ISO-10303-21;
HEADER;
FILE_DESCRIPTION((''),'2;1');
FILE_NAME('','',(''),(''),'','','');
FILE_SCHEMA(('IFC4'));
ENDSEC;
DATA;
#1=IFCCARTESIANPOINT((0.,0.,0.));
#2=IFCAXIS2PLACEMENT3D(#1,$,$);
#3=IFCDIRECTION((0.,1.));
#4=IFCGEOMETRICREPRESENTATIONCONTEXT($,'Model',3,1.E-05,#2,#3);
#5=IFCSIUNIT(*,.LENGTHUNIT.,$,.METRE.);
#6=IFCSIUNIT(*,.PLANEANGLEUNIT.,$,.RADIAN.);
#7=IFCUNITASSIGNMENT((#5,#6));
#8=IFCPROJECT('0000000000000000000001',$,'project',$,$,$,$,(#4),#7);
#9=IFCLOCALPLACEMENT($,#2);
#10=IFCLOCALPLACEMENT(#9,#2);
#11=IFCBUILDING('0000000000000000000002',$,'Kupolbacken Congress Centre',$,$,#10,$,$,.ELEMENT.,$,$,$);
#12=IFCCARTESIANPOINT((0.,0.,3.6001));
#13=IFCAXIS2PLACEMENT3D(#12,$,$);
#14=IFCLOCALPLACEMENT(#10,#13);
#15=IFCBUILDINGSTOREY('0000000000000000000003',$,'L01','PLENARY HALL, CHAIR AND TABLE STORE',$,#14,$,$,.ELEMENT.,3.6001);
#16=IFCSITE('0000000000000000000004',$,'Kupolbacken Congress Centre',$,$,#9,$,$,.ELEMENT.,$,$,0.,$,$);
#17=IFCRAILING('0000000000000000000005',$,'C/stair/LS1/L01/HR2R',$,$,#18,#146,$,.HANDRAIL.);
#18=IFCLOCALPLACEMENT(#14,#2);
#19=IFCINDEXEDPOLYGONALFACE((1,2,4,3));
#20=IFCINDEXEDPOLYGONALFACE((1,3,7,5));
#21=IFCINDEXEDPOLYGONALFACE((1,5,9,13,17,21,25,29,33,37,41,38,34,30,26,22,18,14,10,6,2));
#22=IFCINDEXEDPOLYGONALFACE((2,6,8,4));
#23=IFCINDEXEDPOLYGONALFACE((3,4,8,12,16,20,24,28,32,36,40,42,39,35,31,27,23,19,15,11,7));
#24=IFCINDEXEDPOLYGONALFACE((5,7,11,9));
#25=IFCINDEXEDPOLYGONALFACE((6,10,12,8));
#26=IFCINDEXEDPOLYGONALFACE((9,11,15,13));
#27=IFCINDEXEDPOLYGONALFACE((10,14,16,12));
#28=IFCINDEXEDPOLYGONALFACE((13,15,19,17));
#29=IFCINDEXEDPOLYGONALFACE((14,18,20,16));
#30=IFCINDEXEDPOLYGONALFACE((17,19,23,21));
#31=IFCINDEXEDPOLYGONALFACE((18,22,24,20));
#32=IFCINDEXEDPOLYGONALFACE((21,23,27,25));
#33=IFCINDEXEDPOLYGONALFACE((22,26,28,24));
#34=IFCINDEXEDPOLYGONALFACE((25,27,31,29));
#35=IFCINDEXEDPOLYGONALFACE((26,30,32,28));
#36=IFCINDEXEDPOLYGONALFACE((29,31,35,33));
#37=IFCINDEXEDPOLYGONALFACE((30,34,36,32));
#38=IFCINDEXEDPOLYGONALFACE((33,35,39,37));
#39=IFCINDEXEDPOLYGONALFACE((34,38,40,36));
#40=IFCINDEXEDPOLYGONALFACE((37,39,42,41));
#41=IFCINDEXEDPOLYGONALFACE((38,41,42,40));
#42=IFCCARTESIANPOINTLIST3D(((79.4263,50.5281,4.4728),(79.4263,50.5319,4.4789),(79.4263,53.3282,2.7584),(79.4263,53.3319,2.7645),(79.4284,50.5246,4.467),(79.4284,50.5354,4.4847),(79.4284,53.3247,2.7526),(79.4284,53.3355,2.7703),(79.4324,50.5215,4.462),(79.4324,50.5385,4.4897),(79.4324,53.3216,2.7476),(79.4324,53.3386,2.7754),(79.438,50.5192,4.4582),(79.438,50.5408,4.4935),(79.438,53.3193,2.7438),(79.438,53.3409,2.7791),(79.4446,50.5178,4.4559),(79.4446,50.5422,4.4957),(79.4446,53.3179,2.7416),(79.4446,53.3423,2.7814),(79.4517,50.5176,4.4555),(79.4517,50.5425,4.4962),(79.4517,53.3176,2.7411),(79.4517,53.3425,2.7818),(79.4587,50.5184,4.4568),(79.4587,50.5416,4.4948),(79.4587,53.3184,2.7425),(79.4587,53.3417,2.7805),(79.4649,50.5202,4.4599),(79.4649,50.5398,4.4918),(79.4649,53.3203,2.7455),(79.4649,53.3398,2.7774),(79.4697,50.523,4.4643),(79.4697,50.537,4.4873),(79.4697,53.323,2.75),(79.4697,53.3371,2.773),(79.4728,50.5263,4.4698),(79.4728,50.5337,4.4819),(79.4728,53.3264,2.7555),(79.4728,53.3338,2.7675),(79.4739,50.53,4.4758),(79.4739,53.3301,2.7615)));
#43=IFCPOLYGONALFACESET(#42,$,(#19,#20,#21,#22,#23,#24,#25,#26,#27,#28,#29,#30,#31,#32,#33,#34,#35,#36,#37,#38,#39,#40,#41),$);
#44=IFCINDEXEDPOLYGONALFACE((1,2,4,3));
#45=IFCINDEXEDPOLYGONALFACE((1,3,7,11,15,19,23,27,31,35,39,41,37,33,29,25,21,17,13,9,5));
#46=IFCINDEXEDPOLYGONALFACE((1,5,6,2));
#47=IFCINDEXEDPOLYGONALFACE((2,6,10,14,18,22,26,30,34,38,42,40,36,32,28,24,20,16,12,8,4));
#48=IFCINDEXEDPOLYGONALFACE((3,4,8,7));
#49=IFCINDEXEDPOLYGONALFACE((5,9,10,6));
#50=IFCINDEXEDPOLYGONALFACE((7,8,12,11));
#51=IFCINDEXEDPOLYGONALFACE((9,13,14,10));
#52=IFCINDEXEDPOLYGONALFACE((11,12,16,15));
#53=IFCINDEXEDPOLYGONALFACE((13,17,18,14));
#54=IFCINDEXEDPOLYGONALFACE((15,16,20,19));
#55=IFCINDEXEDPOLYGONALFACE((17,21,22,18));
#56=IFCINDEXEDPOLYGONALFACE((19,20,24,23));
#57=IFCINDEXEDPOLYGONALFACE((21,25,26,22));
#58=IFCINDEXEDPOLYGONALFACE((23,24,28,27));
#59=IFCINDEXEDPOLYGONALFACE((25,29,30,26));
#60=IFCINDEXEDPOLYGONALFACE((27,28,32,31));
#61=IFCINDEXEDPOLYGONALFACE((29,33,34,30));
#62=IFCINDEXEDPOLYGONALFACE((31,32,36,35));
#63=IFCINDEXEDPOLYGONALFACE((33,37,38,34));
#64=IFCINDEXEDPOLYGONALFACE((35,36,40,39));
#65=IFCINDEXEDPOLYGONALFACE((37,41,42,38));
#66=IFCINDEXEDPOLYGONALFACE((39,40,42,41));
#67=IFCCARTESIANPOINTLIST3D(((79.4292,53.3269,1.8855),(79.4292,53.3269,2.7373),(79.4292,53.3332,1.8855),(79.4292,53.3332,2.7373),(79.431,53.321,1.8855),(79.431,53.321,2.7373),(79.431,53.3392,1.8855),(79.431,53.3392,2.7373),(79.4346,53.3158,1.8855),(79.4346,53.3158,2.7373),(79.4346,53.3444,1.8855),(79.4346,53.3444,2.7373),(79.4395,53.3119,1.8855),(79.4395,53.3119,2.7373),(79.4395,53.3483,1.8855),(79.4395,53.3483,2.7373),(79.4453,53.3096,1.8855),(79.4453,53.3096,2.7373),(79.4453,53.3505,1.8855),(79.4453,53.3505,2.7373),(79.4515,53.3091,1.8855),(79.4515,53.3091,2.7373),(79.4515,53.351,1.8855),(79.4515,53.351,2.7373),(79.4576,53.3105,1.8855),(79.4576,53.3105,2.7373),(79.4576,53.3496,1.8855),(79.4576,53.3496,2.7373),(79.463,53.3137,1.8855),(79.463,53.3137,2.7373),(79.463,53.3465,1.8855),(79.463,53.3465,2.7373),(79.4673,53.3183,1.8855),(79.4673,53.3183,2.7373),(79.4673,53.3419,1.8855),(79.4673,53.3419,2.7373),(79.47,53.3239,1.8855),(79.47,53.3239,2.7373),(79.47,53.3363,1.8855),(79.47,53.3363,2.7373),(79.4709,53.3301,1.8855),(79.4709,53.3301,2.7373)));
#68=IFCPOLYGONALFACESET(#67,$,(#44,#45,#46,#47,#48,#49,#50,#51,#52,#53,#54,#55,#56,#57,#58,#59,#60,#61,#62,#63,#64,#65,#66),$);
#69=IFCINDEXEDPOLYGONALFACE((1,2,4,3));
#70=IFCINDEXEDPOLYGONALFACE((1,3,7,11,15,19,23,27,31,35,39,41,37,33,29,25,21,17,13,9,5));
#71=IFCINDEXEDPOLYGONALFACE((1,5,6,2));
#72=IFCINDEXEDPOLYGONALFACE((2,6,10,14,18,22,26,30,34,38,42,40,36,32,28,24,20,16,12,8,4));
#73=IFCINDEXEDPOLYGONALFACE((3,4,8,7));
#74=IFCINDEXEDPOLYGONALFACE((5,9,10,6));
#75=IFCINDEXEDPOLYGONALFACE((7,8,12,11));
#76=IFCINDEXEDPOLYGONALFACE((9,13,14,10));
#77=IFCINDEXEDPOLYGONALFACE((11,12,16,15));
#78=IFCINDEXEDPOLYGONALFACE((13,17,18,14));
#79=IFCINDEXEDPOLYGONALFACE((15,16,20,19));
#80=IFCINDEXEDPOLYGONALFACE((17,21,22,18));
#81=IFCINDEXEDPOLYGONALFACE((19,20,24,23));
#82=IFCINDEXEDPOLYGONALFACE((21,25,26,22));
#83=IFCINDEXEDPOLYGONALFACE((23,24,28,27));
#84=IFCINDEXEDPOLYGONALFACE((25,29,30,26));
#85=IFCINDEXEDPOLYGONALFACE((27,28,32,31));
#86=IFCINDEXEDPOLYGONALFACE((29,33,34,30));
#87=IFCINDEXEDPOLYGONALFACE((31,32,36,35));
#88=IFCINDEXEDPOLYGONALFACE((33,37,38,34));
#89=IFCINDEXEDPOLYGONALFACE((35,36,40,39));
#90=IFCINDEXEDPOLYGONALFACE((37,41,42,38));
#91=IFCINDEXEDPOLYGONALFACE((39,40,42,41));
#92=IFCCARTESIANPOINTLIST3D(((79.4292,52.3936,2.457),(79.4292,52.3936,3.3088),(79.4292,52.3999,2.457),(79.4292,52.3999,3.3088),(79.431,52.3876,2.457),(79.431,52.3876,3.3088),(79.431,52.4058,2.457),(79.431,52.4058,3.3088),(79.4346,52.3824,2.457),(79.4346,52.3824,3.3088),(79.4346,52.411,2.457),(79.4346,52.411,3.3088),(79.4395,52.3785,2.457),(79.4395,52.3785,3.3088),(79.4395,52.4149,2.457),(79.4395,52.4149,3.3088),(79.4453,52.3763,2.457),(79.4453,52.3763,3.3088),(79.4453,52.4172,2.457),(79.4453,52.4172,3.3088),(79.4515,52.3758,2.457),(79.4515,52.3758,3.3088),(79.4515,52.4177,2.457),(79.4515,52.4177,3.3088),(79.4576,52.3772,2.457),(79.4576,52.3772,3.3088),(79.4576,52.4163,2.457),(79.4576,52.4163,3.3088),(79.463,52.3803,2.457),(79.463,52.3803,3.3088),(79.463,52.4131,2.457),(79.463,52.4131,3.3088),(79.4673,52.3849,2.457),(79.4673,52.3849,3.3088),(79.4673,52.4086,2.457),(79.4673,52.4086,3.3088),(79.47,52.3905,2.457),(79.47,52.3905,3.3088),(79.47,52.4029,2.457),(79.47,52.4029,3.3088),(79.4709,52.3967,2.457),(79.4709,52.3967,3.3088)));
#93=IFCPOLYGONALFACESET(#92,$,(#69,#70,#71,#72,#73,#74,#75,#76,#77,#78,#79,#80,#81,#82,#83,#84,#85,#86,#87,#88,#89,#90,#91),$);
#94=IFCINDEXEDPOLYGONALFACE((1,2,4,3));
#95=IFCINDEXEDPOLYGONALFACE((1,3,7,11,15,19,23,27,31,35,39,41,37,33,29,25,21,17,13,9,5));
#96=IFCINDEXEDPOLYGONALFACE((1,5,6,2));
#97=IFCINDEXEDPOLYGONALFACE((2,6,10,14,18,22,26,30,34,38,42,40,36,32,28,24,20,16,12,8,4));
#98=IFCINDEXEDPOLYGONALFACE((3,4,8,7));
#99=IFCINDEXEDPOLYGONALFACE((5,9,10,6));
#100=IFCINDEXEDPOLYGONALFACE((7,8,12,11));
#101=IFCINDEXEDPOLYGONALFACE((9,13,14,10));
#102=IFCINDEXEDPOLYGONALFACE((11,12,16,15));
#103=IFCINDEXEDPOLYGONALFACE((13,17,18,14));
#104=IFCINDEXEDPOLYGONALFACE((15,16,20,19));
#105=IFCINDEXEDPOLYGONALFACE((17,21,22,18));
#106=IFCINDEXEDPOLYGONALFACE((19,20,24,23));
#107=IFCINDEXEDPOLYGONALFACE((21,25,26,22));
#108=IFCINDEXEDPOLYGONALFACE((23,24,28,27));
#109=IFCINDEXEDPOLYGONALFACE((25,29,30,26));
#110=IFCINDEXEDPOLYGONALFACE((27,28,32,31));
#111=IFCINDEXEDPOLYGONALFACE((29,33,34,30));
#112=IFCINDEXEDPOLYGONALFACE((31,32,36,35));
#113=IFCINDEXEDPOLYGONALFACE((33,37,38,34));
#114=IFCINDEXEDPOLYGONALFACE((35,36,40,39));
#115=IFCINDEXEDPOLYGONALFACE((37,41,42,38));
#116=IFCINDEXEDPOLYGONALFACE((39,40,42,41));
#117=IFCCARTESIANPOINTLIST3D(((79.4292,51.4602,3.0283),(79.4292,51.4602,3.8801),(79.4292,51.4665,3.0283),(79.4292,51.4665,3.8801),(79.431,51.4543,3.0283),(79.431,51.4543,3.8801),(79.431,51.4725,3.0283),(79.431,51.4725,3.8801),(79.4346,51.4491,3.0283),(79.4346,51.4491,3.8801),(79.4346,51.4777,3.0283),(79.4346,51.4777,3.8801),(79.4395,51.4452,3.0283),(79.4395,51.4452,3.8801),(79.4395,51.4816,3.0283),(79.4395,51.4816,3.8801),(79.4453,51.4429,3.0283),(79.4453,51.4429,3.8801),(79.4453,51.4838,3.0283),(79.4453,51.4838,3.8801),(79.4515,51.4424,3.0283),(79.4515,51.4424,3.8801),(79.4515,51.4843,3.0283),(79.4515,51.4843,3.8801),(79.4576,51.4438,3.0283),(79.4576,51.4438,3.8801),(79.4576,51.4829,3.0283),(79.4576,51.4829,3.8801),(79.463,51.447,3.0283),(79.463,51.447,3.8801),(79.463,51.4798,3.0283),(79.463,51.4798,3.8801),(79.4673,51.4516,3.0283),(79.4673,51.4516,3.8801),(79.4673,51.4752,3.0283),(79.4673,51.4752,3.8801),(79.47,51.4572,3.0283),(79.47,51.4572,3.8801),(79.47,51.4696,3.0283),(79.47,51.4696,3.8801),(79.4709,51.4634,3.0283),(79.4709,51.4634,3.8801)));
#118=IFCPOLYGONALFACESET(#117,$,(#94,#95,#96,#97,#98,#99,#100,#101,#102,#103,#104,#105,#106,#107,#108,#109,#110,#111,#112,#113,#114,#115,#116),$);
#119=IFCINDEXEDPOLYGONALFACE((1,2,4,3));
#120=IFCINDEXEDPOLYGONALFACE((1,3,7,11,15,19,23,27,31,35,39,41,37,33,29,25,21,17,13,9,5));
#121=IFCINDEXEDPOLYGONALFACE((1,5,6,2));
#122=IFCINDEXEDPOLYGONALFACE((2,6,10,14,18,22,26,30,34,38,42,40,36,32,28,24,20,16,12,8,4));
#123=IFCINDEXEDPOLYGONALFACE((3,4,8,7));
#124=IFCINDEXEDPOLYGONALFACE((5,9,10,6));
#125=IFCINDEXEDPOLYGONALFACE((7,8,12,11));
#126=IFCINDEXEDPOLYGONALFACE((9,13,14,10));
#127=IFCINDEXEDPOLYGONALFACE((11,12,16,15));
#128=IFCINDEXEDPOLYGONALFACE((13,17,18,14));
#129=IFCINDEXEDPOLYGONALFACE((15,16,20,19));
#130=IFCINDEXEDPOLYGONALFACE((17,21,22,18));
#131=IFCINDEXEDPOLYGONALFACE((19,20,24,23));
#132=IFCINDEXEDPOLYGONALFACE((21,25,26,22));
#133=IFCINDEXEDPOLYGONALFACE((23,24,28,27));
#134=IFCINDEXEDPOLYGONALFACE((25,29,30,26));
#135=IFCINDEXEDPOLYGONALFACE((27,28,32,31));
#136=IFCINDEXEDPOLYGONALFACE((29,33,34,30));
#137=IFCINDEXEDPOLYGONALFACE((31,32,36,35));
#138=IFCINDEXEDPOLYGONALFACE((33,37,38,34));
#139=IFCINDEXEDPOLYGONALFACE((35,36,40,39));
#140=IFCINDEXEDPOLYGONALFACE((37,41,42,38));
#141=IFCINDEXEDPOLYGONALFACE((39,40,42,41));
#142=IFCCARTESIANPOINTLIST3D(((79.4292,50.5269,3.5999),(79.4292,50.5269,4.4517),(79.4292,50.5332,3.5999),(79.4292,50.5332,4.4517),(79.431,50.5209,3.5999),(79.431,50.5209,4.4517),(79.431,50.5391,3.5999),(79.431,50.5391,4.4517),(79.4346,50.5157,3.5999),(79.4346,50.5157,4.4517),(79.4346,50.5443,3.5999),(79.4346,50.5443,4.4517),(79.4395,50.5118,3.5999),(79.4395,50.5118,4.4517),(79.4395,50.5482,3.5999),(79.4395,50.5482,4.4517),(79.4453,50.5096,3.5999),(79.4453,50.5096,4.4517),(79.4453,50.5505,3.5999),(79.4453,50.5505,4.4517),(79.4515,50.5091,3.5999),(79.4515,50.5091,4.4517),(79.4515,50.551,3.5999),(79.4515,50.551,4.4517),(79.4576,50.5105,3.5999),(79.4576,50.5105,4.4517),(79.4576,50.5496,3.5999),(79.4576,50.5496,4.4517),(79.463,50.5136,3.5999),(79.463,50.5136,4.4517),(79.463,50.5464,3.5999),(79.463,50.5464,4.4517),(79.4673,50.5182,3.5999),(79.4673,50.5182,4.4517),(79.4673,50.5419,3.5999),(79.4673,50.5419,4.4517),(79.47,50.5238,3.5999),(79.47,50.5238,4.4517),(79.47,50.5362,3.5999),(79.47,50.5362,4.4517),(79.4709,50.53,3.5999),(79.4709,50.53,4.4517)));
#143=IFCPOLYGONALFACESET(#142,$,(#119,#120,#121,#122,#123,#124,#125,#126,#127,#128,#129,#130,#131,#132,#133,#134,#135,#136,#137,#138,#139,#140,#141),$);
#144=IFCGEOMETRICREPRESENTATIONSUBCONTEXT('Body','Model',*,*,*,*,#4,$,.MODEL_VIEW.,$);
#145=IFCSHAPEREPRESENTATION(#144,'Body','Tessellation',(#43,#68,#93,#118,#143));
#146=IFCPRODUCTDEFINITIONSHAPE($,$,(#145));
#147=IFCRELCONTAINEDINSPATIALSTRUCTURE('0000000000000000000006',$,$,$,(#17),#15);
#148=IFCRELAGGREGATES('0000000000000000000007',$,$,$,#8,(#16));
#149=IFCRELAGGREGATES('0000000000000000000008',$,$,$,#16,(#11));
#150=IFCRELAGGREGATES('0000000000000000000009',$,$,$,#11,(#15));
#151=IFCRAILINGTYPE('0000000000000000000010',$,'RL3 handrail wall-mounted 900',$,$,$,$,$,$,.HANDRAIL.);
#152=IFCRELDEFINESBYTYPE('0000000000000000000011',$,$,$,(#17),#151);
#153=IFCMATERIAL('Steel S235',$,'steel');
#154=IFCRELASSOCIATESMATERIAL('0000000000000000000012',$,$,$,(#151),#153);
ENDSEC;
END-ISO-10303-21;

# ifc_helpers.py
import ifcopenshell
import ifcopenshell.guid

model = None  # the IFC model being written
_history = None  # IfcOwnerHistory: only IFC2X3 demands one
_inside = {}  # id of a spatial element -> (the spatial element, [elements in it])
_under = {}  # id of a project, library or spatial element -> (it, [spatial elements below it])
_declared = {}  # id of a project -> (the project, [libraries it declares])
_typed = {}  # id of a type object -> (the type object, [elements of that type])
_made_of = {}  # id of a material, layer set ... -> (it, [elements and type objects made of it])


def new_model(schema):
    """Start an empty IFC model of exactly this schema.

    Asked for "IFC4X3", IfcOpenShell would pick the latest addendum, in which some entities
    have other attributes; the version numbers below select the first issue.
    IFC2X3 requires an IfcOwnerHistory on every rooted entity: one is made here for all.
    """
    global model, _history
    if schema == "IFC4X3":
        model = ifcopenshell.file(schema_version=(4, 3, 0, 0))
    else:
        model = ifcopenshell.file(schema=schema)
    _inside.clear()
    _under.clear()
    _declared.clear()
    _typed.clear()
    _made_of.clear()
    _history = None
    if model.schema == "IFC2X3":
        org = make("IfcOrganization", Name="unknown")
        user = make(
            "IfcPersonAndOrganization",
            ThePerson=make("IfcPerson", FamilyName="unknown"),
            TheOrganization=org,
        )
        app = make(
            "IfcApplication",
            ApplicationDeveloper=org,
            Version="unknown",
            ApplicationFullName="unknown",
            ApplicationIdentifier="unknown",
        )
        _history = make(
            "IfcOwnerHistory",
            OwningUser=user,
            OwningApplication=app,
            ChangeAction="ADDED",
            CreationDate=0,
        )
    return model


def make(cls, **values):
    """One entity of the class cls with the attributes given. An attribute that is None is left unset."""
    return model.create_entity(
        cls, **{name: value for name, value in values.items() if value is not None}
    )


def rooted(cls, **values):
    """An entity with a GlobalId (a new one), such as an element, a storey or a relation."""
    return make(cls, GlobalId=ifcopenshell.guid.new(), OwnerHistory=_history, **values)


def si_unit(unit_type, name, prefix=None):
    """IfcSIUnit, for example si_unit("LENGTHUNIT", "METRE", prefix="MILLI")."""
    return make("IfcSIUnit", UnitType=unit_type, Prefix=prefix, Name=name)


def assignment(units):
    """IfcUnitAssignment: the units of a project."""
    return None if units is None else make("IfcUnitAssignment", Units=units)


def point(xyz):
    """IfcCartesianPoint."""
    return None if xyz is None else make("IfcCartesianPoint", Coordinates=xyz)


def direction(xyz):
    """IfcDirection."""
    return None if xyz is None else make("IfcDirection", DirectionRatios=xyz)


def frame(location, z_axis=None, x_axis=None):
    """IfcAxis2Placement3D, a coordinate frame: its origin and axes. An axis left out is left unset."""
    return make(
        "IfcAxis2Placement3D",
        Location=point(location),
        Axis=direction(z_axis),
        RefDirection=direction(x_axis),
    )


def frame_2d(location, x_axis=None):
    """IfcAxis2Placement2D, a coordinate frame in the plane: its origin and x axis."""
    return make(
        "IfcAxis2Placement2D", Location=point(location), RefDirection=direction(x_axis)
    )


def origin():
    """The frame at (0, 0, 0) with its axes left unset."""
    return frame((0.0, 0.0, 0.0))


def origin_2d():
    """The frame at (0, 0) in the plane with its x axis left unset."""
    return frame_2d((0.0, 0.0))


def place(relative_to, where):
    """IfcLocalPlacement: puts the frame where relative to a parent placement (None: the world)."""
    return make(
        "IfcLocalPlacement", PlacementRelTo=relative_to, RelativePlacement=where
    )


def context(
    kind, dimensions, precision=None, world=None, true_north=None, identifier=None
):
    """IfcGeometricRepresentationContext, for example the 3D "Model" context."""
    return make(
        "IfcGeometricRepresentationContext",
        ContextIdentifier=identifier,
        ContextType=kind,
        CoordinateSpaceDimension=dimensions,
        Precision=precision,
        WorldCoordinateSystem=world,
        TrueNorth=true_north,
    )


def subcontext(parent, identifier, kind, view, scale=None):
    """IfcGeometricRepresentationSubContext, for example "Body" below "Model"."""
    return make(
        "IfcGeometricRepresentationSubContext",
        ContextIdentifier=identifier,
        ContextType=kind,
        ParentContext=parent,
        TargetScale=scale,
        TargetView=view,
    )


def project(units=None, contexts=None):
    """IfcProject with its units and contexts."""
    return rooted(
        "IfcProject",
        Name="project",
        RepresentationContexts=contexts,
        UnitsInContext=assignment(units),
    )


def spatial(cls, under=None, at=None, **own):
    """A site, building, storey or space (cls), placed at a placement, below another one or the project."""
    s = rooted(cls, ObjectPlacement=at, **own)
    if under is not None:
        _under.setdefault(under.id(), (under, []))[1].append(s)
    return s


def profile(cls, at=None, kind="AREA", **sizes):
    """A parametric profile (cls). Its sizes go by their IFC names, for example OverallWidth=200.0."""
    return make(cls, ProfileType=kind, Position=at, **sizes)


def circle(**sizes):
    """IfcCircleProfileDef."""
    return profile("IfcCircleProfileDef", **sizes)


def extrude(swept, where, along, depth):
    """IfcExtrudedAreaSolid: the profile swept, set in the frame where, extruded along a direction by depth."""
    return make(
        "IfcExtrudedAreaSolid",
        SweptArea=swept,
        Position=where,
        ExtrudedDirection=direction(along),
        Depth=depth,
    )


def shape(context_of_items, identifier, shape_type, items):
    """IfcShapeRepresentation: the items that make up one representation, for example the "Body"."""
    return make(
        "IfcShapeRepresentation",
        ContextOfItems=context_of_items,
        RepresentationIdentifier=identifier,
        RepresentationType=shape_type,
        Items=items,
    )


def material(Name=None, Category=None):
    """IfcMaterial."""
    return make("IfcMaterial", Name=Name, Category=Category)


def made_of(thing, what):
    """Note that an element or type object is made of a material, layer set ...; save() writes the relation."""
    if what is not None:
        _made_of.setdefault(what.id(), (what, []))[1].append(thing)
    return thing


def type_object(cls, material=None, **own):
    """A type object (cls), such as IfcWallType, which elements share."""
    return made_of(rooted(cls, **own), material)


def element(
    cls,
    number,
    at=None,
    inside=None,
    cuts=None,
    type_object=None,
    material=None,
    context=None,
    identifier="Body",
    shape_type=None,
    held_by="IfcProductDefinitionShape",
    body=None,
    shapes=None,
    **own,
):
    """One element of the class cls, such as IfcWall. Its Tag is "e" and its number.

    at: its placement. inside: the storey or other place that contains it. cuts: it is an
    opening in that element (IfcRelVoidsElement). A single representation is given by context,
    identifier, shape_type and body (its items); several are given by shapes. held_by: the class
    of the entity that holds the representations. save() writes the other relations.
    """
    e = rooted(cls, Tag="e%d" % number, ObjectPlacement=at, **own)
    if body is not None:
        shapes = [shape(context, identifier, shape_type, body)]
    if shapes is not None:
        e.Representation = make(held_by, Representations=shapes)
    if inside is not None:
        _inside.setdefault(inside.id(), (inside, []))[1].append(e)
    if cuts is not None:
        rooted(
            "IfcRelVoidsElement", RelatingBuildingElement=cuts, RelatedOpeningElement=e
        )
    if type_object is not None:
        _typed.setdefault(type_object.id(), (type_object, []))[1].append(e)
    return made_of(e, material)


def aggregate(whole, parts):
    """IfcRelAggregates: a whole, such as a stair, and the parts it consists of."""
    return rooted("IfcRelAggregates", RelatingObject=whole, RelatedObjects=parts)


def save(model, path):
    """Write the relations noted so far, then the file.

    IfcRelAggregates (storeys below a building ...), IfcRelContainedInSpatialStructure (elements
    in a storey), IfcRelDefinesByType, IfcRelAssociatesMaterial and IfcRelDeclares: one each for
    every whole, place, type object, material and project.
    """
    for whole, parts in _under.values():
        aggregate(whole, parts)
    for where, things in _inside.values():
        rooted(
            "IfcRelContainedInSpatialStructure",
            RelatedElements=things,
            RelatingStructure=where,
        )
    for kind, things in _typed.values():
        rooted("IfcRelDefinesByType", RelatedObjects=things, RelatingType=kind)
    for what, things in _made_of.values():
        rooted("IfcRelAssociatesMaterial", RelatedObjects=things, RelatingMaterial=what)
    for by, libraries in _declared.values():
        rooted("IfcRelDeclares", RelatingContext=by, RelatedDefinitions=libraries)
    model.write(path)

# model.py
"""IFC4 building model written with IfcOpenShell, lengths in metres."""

from ifc_helpers import new_model, si_unit, direction, frame, origin, origin_2d, place, context, subcontext, project, spatial, circle, extrude, material, type_object, element, save


model = new_model("IFC4")

# Units and contexts
model_context = context("Model", 3, precision=1e-05, world=origin(), true_north=direction((0.0, 1.0)))
body_context = subcontext(model_context, "Body", "Model", "MODEL_VIEW")
ifc_project = project(units=[si_unit("LENGTHUNIT", "METRE"), si_unit("PLANEANGLEUNIT", "RADIAN")], contexts=[model_context])

# Site, building, storey
site_placement = place(None, origin())
site = spatial("IfcSite", under=ifc_project, at=site_placement, Name="Kupolbacken Congress Centre", CompositionType="ELEMENT", RefElevation=0.0)
building_placement = place(site_placement, origin())
building = spatial("IfcBuilding", under=site, at=building_placement, Name="Kupolbacken Congress Centre", CompositionType="ELEMENT")
storey_placement = place(building_placement, frame((0.0, 0.0, 3.6001)))
storey = spatial("IfcBuildingStorey", under=building, at=storey_placement, Name="L01", Description="PLENARY HALL, CHAIR AND TABLE STORE", CompositionType="ELEMENT", Elevation=3.6001)

# Railing
ifc_material_1 = material(Name="Steel S235", Category="steel")
railing_type = type_object("IfcRailingType", Name="RL3 handrail wall-mounted 900", PredefinedType="HANDRAIL", material=ifc_material_1)
for number, where, name in (
    (1, (79.45, 53.3301, 1.8855), "C/stair/LS1/L01/HR2R"),
):
    element("IfcRailing", number, at=place(storey_placement, frame(where)), inside=storey, type_object=railing_type, Name=name, PredefinedType="HANDRAIL", context=body_context, shape_type="SweptSolid", body=[
        extrude(circle(Radius=0.0239, at=origin_2d()), frame((0.0, 0.0, 0.876), z_axis=(0.0, -0.852846, 0.522163), x_axis=(1.0, 0.0, 0.0)), (0.0, 0.0, 1.0), 3.2832),
        extrude(circle(Radius=0.021, at=origin_2d()), origin(), (0.0, 0.0, 1.0), 0.8518),
        extrude(circle(Radius=0.021, at=origin_2d()), frame((0.0, -0.9333, 0.5715)), (0.0, 0.0, 1.0), 0.8518),
        extrude(circle(Radius=0.021, at=origin_2d()), frame((0.0, -1.8667, 1.1428)), (0.0, 0.0, 1.0), 0.8518),
        extrude(circle(Radius=0.021, at=origin_2d()), frame((0.0, -2.8, 1.7144)), (0.0, 0.0, 1.0), 0.8518),
    ])

save(model, "model.ifc")
